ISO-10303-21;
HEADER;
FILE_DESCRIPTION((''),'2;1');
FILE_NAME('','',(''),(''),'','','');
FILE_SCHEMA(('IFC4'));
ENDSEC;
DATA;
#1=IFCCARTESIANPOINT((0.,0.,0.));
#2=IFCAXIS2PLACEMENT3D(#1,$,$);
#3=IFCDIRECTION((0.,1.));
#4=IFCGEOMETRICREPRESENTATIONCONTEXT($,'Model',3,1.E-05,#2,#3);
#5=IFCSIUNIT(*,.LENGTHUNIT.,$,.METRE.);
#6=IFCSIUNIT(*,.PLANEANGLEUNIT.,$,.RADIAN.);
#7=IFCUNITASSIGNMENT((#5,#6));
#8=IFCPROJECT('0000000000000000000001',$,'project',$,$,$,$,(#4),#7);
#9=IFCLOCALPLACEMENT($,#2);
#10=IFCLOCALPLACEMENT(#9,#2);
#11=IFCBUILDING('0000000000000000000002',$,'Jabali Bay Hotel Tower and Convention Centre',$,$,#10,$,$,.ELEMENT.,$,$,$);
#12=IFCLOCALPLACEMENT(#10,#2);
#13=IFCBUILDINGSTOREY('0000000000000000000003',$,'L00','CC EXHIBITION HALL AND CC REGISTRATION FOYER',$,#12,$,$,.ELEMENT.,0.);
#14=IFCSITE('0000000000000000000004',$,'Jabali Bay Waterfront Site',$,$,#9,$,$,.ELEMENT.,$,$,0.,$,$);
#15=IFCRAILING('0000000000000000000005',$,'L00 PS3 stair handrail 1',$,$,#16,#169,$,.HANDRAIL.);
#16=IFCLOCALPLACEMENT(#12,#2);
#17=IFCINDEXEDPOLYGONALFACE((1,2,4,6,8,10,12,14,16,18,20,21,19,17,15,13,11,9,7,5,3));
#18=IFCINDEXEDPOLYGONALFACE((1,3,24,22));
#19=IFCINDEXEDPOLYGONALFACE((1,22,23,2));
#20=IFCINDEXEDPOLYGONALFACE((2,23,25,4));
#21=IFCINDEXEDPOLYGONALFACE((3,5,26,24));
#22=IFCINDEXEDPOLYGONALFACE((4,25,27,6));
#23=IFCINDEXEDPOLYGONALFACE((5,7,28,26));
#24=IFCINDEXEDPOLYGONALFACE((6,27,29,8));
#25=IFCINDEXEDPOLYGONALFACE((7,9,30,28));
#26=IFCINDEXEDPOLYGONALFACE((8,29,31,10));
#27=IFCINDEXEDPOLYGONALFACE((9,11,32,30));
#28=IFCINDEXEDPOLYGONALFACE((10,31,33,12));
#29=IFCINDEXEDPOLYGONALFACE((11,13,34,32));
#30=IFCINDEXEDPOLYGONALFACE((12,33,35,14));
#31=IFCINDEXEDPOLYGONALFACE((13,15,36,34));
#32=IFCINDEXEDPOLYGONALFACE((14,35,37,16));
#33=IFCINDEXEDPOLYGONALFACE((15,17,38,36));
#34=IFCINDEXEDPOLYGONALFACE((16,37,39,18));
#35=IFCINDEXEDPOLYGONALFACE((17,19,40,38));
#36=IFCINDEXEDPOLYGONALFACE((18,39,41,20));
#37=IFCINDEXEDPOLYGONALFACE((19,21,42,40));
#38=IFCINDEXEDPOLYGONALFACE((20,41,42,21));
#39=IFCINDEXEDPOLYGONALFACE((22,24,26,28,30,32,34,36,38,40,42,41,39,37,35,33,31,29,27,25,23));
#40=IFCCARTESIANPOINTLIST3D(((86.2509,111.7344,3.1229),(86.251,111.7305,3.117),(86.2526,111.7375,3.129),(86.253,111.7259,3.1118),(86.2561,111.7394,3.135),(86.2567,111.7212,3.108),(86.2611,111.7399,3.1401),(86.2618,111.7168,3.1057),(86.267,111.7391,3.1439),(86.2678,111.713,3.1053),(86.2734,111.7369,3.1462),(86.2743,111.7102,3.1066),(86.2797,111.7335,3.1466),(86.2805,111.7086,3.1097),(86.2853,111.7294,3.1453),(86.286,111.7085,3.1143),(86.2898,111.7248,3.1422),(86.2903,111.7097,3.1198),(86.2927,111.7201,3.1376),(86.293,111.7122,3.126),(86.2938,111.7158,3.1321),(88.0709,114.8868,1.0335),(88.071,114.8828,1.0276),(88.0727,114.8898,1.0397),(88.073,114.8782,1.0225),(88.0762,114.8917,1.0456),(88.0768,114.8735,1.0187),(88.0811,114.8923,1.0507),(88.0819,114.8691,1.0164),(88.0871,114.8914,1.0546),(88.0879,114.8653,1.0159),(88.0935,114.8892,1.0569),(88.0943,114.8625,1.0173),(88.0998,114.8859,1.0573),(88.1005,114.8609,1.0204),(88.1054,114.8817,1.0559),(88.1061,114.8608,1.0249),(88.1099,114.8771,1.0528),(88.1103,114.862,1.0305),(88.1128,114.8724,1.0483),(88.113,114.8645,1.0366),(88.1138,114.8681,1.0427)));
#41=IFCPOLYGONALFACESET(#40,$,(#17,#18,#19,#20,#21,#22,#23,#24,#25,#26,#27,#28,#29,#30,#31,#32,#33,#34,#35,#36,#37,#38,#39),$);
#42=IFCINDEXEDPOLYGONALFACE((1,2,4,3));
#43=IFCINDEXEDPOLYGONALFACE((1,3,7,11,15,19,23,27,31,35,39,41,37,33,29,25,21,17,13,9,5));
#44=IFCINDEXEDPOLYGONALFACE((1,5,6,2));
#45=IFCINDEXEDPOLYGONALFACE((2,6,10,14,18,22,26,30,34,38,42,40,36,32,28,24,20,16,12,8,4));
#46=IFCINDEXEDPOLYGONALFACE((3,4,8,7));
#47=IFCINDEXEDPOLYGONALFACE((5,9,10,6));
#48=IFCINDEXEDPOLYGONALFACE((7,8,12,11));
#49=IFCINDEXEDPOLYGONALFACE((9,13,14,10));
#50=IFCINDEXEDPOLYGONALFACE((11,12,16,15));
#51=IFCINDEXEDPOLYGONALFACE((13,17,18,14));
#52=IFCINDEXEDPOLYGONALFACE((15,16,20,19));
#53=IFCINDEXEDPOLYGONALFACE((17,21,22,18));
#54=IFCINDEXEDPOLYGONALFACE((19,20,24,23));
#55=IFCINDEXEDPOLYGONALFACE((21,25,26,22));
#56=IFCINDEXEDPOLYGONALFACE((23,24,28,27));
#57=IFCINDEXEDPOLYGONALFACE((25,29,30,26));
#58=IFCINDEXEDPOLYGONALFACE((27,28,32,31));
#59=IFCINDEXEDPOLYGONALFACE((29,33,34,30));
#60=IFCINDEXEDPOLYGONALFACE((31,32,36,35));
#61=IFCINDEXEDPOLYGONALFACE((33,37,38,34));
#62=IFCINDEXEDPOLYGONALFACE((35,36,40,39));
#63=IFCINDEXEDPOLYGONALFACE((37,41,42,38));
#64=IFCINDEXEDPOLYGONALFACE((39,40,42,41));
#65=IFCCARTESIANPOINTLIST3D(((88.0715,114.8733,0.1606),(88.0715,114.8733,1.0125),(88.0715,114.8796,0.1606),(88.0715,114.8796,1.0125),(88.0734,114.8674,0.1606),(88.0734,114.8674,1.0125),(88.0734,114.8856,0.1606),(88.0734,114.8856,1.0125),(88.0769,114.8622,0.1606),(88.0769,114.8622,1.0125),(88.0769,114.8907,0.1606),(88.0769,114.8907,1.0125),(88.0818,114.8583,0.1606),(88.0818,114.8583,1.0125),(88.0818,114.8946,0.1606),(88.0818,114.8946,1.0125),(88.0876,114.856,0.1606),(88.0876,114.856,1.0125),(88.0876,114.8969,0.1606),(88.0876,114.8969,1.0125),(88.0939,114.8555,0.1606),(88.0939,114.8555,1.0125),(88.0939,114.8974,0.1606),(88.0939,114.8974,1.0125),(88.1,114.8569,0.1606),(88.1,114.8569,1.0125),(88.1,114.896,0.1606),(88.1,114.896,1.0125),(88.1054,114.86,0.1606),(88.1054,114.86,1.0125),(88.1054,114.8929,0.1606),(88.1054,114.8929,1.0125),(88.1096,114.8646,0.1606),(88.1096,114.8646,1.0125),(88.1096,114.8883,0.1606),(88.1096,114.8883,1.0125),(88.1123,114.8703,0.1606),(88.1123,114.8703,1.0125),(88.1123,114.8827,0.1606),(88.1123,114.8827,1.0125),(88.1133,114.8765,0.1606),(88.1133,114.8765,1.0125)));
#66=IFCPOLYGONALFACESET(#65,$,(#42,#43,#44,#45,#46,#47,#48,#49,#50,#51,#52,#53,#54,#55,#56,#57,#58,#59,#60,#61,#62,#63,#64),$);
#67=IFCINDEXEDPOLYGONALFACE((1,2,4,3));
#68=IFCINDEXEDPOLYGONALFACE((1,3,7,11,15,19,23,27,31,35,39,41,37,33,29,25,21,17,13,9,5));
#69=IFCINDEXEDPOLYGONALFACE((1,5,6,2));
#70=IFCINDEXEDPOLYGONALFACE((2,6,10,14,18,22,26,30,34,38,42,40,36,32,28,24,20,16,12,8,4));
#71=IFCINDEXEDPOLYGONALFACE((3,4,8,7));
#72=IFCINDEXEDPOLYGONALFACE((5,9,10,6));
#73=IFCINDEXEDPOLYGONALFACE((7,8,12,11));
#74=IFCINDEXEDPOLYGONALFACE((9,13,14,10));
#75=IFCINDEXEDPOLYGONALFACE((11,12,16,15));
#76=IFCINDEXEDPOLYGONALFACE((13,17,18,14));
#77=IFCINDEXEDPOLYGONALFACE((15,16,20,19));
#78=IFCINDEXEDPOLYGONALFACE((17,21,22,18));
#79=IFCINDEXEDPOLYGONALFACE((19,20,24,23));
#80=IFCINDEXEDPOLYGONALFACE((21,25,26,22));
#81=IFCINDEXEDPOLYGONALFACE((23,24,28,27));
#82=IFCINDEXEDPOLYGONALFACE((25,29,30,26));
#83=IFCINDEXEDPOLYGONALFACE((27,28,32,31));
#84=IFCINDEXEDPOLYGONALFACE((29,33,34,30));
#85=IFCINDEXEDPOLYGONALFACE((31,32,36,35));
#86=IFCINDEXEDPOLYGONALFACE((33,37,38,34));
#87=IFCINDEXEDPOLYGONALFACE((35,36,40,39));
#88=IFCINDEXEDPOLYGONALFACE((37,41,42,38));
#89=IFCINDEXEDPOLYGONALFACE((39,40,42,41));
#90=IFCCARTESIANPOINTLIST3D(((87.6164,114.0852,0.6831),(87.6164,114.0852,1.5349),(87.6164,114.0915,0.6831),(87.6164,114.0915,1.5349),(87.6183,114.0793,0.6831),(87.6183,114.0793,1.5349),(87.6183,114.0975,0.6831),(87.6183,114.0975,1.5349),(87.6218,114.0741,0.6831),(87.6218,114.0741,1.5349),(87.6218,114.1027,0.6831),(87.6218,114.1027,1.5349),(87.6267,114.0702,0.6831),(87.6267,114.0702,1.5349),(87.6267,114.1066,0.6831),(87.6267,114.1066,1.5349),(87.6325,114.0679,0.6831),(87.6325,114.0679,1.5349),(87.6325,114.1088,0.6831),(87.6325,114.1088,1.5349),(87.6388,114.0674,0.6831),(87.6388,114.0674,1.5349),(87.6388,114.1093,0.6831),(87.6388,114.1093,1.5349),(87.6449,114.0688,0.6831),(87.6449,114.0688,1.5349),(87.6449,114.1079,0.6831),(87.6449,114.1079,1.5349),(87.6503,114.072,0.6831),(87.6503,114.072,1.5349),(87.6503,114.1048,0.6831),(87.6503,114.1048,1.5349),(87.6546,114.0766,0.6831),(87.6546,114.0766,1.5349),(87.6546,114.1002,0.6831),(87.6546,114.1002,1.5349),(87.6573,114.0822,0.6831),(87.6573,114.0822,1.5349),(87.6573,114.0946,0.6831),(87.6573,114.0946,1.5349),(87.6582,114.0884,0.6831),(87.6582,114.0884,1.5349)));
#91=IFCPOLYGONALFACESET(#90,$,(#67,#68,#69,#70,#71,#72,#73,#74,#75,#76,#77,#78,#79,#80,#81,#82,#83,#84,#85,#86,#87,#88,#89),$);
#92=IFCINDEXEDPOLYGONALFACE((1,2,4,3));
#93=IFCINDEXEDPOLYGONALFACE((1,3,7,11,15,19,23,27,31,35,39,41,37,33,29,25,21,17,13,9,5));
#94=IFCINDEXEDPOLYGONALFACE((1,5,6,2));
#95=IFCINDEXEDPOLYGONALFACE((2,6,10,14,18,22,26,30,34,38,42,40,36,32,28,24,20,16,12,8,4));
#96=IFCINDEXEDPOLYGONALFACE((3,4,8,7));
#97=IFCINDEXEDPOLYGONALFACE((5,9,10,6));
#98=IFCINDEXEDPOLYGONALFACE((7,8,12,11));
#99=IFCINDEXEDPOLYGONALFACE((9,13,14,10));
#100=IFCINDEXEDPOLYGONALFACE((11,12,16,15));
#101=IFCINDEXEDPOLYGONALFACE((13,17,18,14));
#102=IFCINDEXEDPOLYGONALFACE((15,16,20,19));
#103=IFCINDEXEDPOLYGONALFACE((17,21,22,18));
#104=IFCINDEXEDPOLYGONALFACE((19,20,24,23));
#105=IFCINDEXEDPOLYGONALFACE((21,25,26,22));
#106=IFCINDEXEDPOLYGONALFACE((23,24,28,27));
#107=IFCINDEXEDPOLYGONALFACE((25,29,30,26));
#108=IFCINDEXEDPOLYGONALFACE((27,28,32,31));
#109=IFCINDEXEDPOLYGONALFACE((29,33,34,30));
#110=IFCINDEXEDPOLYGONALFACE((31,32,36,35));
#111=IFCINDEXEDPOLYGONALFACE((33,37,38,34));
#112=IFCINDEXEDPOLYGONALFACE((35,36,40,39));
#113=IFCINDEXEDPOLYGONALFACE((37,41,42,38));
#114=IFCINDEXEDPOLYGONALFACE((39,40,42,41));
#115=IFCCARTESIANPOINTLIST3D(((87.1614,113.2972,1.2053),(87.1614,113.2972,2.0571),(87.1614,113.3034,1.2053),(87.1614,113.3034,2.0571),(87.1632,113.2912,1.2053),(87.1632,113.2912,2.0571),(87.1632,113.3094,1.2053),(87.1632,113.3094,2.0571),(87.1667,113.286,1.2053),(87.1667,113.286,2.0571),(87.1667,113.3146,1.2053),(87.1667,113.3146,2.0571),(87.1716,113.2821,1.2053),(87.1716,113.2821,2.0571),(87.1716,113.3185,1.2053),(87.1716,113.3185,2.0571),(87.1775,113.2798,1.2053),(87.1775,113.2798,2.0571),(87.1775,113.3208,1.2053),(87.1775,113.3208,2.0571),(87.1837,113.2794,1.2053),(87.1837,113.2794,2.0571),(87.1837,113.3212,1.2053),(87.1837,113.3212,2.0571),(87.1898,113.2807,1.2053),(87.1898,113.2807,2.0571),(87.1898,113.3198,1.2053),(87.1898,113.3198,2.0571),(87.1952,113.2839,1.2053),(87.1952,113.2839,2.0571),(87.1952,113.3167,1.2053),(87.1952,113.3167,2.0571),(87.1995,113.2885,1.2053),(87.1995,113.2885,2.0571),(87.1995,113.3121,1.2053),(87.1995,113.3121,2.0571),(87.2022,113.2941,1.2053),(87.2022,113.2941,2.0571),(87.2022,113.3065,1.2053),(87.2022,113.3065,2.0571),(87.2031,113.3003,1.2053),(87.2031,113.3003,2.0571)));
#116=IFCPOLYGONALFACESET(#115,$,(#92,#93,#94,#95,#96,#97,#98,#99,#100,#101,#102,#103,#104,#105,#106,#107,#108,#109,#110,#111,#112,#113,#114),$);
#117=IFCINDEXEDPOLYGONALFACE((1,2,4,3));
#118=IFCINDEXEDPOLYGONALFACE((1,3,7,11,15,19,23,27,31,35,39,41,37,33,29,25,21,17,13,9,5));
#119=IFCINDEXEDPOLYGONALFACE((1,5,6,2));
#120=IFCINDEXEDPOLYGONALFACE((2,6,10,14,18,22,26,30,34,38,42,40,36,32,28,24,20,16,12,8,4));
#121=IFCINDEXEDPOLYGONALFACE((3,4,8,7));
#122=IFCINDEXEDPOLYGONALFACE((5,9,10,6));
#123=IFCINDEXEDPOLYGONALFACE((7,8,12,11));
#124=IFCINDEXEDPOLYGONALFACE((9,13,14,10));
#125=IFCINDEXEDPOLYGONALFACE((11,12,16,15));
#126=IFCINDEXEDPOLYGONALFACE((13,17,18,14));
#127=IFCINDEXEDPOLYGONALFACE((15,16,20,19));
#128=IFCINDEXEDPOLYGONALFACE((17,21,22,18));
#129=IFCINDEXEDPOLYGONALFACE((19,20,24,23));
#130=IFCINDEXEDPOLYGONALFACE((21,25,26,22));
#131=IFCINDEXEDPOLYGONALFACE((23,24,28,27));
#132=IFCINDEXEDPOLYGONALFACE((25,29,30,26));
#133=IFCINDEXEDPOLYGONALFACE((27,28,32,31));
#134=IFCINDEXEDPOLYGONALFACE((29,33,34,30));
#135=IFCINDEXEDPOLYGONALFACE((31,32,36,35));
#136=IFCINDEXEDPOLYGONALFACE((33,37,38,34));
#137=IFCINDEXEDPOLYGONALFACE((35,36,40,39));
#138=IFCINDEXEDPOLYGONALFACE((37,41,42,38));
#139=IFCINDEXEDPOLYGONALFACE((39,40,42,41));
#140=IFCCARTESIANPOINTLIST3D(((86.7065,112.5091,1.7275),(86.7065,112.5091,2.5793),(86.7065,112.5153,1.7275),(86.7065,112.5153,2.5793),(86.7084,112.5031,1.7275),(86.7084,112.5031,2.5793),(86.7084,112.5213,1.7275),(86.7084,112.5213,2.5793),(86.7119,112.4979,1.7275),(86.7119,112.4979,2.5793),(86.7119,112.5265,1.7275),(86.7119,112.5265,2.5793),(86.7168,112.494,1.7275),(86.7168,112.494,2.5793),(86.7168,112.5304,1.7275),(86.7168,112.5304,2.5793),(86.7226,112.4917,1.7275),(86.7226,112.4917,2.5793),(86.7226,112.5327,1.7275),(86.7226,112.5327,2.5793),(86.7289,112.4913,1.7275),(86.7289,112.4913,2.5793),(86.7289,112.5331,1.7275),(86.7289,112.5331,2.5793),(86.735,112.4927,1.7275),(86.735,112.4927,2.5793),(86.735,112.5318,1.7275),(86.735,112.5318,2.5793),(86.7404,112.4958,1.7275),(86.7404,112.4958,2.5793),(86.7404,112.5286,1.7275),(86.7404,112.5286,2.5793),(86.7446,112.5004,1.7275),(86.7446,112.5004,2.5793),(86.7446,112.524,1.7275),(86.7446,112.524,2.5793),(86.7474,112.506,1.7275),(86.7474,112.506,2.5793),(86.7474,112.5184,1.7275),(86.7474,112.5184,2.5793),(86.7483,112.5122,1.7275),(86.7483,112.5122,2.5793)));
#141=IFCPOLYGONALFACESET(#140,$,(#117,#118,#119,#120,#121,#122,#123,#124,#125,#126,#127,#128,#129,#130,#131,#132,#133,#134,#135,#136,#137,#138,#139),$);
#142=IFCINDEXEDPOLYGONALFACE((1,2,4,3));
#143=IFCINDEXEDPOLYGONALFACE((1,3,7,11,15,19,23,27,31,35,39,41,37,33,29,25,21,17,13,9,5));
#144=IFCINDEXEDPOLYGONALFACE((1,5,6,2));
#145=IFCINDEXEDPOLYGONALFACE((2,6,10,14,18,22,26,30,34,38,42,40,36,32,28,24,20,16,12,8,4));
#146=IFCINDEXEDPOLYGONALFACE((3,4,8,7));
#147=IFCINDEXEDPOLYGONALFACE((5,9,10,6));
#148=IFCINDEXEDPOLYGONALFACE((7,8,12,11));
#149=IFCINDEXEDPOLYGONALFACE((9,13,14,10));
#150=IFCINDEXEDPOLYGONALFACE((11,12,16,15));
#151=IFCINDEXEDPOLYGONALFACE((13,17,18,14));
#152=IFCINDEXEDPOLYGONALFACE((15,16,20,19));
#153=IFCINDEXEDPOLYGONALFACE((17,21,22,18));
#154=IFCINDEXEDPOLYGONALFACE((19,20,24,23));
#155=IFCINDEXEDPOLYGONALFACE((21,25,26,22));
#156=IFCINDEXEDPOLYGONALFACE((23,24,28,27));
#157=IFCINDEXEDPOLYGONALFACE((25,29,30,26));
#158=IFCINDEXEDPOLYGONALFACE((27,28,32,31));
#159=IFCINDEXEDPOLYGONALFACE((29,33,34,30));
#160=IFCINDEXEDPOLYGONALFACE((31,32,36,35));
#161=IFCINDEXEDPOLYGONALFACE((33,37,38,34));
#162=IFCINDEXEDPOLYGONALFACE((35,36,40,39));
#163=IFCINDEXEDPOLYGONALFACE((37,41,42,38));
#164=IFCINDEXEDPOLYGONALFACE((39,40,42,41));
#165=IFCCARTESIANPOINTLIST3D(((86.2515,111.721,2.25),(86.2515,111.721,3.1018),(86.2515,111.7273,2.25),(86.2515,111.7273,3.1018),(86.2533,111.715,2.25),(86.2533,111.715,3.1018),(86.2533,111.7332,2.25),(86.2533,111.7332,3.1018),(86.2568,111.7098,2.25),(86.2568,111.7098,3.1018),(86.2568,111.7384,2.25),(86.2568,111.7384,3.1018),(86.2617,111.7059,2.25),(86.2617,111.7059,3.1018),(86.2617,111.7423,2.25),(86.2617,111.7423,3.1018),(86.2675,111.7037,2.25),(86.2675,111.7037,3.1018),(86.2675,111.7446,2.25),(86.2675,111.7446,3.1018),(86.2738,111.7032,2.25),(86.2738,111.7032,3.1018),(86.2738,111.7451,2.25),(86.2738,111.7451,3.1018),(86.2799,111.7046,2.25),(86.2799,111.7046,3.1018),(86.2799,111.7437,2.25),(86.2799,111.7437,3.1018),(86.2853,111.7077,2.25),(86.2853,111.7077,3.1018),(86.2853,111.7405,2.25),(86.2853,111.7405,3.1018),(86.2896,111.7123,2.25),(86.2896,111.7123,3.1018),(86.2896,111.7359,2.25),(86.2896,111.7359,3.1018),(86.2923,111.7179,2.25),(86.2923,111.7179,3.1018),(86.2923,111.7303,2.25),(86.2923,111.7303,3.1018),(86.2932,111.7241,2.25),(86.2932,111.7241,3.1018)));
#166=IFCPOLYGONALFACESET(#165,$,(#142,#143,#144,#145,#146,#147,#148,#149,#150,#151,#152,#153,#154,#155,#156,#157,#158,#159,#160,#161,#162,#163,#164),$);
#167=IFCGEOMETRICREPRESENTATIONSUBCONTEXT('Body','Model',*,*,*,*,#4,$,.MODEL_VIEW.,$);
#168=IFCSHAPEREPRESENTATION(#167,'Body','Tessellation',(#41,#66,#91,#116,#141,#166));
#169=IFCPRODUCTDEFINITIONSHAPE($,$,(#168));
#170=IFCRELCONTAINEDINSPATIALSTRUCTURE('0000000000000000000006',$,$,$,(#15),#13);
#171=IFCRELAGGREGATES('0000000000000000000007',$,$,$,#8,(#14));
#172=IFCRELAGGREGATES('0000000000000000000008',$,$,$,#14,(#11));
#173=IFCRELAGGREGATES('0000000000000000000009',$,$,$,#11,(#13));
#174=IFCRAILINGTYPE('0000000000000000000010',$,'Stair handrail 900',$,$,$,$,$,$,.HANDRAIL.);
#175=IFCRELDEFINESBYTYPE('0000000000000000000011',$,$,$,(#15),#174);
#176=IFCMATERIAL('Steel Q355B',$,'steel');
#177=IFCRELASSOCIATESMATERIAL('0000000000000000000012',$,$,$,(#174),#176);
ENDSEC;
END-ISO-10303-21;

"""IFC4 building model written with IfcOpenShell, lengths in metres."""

from ifc_helpers import new_model, si_unit, direction, frame, origin, origin_2d, place, context, subcontext, project, spatial, circle, extrude, material, type_object, element, save


model = new_model("IFC4")

# Units and contexts
model_context = context("Model", 3, precision=1e-05, world=origin(), true_north=direction((0.0, 1.0)))
body_context = subcontext(model_context, "Body", "Model", "MODEL_VIEW")
ifc_project = project(units=[si_unit("LENGTHUNIT", "METRE"), si_unit("PLANEANGLEUNIT", "RADIAN")], contexts=[model_context])

# Site, building, storey
site_placement = place(None, origin())
site = spatial("IfcSite", under=ifc_project, at=site_placement, Name="Jabali Bay Waterfront Site", CompositionType="ELEMENT", RefElevation=0.0)
building_placement = place(site_placement, origin())
building = spatial("IfcBuilding", under=site, at=building_placement, Name="Jabali Bay Hotel Tower and Convention Centre", CompositionType="ELEMENT")
storey_placement = place(building_placement, origin())
storey = spatial("IfcBuildingStorey", under=building, at=storey_placement, Name="L00", Description="CC EXHIBITION HALL AND CC REGISTRATION FOYER", CompositionType="ELEMENT", Elevation=0.0)

# Railing
ifc_material_1 = material(Name="Steel Q355B", Category="steel")
railing_type_1 = type_object("IfcRailingType", Name="Stair handrail 900", PredefinedType="HANDRAIL", material=ifc_material_1)
for number, where, name in (
    (1, (88.0923, 114.8765, 0.1606), "L00 PS3 stair handrail 1"),
):
    element("IfcRailing", number, at=place(storey_placement, frame(where)), inside=storey, type_object=railing_type_1, Name=name, PredefinedType="HANDRAIL", context=body_context, shape_type="SweptSolid", body=[
        extrude(circle(Radius=0.0239, at=origin_2d()), frame((0.0, 0.0, 0.876), z_axis=(-0.433653, -0.751084, 0.497814), x_axis=(0.866018, -0.500013, 0.0)), (0.0, 0.0, 1.0), 4.197),
        extrude(circle(Radius=0.021, at=origin_2d()), origin(), (0.0, 0.0, 1.0), 0.8518),
        extrude(circle(Radius=0.021, at=origin_2d()), frame((-0.4551, -0.7881, 0.5225)), (0.0, 0.0, 1.0), 0.8518),
        extrude(circle(Radius=0.021, at=origin_2d()), frame((-0.9102, -1.5762, 1.0447)), (0.0, 0.0, 1.0), 0.8518),
        extrude(circle(Radius=0.021, at=origin_2d()), frame((-1.365, -2.3643, 1.5669)), (0.0, 0.0, 1.0), 0.8518),
        extrude(circle(Radius=0.021, at=origin_2d()), frame((-1.8201, -3.1523, 2.0894)), (0.0, 0.0, 1.0), 0.8518),
    ])

save(model, "model.ifc")
